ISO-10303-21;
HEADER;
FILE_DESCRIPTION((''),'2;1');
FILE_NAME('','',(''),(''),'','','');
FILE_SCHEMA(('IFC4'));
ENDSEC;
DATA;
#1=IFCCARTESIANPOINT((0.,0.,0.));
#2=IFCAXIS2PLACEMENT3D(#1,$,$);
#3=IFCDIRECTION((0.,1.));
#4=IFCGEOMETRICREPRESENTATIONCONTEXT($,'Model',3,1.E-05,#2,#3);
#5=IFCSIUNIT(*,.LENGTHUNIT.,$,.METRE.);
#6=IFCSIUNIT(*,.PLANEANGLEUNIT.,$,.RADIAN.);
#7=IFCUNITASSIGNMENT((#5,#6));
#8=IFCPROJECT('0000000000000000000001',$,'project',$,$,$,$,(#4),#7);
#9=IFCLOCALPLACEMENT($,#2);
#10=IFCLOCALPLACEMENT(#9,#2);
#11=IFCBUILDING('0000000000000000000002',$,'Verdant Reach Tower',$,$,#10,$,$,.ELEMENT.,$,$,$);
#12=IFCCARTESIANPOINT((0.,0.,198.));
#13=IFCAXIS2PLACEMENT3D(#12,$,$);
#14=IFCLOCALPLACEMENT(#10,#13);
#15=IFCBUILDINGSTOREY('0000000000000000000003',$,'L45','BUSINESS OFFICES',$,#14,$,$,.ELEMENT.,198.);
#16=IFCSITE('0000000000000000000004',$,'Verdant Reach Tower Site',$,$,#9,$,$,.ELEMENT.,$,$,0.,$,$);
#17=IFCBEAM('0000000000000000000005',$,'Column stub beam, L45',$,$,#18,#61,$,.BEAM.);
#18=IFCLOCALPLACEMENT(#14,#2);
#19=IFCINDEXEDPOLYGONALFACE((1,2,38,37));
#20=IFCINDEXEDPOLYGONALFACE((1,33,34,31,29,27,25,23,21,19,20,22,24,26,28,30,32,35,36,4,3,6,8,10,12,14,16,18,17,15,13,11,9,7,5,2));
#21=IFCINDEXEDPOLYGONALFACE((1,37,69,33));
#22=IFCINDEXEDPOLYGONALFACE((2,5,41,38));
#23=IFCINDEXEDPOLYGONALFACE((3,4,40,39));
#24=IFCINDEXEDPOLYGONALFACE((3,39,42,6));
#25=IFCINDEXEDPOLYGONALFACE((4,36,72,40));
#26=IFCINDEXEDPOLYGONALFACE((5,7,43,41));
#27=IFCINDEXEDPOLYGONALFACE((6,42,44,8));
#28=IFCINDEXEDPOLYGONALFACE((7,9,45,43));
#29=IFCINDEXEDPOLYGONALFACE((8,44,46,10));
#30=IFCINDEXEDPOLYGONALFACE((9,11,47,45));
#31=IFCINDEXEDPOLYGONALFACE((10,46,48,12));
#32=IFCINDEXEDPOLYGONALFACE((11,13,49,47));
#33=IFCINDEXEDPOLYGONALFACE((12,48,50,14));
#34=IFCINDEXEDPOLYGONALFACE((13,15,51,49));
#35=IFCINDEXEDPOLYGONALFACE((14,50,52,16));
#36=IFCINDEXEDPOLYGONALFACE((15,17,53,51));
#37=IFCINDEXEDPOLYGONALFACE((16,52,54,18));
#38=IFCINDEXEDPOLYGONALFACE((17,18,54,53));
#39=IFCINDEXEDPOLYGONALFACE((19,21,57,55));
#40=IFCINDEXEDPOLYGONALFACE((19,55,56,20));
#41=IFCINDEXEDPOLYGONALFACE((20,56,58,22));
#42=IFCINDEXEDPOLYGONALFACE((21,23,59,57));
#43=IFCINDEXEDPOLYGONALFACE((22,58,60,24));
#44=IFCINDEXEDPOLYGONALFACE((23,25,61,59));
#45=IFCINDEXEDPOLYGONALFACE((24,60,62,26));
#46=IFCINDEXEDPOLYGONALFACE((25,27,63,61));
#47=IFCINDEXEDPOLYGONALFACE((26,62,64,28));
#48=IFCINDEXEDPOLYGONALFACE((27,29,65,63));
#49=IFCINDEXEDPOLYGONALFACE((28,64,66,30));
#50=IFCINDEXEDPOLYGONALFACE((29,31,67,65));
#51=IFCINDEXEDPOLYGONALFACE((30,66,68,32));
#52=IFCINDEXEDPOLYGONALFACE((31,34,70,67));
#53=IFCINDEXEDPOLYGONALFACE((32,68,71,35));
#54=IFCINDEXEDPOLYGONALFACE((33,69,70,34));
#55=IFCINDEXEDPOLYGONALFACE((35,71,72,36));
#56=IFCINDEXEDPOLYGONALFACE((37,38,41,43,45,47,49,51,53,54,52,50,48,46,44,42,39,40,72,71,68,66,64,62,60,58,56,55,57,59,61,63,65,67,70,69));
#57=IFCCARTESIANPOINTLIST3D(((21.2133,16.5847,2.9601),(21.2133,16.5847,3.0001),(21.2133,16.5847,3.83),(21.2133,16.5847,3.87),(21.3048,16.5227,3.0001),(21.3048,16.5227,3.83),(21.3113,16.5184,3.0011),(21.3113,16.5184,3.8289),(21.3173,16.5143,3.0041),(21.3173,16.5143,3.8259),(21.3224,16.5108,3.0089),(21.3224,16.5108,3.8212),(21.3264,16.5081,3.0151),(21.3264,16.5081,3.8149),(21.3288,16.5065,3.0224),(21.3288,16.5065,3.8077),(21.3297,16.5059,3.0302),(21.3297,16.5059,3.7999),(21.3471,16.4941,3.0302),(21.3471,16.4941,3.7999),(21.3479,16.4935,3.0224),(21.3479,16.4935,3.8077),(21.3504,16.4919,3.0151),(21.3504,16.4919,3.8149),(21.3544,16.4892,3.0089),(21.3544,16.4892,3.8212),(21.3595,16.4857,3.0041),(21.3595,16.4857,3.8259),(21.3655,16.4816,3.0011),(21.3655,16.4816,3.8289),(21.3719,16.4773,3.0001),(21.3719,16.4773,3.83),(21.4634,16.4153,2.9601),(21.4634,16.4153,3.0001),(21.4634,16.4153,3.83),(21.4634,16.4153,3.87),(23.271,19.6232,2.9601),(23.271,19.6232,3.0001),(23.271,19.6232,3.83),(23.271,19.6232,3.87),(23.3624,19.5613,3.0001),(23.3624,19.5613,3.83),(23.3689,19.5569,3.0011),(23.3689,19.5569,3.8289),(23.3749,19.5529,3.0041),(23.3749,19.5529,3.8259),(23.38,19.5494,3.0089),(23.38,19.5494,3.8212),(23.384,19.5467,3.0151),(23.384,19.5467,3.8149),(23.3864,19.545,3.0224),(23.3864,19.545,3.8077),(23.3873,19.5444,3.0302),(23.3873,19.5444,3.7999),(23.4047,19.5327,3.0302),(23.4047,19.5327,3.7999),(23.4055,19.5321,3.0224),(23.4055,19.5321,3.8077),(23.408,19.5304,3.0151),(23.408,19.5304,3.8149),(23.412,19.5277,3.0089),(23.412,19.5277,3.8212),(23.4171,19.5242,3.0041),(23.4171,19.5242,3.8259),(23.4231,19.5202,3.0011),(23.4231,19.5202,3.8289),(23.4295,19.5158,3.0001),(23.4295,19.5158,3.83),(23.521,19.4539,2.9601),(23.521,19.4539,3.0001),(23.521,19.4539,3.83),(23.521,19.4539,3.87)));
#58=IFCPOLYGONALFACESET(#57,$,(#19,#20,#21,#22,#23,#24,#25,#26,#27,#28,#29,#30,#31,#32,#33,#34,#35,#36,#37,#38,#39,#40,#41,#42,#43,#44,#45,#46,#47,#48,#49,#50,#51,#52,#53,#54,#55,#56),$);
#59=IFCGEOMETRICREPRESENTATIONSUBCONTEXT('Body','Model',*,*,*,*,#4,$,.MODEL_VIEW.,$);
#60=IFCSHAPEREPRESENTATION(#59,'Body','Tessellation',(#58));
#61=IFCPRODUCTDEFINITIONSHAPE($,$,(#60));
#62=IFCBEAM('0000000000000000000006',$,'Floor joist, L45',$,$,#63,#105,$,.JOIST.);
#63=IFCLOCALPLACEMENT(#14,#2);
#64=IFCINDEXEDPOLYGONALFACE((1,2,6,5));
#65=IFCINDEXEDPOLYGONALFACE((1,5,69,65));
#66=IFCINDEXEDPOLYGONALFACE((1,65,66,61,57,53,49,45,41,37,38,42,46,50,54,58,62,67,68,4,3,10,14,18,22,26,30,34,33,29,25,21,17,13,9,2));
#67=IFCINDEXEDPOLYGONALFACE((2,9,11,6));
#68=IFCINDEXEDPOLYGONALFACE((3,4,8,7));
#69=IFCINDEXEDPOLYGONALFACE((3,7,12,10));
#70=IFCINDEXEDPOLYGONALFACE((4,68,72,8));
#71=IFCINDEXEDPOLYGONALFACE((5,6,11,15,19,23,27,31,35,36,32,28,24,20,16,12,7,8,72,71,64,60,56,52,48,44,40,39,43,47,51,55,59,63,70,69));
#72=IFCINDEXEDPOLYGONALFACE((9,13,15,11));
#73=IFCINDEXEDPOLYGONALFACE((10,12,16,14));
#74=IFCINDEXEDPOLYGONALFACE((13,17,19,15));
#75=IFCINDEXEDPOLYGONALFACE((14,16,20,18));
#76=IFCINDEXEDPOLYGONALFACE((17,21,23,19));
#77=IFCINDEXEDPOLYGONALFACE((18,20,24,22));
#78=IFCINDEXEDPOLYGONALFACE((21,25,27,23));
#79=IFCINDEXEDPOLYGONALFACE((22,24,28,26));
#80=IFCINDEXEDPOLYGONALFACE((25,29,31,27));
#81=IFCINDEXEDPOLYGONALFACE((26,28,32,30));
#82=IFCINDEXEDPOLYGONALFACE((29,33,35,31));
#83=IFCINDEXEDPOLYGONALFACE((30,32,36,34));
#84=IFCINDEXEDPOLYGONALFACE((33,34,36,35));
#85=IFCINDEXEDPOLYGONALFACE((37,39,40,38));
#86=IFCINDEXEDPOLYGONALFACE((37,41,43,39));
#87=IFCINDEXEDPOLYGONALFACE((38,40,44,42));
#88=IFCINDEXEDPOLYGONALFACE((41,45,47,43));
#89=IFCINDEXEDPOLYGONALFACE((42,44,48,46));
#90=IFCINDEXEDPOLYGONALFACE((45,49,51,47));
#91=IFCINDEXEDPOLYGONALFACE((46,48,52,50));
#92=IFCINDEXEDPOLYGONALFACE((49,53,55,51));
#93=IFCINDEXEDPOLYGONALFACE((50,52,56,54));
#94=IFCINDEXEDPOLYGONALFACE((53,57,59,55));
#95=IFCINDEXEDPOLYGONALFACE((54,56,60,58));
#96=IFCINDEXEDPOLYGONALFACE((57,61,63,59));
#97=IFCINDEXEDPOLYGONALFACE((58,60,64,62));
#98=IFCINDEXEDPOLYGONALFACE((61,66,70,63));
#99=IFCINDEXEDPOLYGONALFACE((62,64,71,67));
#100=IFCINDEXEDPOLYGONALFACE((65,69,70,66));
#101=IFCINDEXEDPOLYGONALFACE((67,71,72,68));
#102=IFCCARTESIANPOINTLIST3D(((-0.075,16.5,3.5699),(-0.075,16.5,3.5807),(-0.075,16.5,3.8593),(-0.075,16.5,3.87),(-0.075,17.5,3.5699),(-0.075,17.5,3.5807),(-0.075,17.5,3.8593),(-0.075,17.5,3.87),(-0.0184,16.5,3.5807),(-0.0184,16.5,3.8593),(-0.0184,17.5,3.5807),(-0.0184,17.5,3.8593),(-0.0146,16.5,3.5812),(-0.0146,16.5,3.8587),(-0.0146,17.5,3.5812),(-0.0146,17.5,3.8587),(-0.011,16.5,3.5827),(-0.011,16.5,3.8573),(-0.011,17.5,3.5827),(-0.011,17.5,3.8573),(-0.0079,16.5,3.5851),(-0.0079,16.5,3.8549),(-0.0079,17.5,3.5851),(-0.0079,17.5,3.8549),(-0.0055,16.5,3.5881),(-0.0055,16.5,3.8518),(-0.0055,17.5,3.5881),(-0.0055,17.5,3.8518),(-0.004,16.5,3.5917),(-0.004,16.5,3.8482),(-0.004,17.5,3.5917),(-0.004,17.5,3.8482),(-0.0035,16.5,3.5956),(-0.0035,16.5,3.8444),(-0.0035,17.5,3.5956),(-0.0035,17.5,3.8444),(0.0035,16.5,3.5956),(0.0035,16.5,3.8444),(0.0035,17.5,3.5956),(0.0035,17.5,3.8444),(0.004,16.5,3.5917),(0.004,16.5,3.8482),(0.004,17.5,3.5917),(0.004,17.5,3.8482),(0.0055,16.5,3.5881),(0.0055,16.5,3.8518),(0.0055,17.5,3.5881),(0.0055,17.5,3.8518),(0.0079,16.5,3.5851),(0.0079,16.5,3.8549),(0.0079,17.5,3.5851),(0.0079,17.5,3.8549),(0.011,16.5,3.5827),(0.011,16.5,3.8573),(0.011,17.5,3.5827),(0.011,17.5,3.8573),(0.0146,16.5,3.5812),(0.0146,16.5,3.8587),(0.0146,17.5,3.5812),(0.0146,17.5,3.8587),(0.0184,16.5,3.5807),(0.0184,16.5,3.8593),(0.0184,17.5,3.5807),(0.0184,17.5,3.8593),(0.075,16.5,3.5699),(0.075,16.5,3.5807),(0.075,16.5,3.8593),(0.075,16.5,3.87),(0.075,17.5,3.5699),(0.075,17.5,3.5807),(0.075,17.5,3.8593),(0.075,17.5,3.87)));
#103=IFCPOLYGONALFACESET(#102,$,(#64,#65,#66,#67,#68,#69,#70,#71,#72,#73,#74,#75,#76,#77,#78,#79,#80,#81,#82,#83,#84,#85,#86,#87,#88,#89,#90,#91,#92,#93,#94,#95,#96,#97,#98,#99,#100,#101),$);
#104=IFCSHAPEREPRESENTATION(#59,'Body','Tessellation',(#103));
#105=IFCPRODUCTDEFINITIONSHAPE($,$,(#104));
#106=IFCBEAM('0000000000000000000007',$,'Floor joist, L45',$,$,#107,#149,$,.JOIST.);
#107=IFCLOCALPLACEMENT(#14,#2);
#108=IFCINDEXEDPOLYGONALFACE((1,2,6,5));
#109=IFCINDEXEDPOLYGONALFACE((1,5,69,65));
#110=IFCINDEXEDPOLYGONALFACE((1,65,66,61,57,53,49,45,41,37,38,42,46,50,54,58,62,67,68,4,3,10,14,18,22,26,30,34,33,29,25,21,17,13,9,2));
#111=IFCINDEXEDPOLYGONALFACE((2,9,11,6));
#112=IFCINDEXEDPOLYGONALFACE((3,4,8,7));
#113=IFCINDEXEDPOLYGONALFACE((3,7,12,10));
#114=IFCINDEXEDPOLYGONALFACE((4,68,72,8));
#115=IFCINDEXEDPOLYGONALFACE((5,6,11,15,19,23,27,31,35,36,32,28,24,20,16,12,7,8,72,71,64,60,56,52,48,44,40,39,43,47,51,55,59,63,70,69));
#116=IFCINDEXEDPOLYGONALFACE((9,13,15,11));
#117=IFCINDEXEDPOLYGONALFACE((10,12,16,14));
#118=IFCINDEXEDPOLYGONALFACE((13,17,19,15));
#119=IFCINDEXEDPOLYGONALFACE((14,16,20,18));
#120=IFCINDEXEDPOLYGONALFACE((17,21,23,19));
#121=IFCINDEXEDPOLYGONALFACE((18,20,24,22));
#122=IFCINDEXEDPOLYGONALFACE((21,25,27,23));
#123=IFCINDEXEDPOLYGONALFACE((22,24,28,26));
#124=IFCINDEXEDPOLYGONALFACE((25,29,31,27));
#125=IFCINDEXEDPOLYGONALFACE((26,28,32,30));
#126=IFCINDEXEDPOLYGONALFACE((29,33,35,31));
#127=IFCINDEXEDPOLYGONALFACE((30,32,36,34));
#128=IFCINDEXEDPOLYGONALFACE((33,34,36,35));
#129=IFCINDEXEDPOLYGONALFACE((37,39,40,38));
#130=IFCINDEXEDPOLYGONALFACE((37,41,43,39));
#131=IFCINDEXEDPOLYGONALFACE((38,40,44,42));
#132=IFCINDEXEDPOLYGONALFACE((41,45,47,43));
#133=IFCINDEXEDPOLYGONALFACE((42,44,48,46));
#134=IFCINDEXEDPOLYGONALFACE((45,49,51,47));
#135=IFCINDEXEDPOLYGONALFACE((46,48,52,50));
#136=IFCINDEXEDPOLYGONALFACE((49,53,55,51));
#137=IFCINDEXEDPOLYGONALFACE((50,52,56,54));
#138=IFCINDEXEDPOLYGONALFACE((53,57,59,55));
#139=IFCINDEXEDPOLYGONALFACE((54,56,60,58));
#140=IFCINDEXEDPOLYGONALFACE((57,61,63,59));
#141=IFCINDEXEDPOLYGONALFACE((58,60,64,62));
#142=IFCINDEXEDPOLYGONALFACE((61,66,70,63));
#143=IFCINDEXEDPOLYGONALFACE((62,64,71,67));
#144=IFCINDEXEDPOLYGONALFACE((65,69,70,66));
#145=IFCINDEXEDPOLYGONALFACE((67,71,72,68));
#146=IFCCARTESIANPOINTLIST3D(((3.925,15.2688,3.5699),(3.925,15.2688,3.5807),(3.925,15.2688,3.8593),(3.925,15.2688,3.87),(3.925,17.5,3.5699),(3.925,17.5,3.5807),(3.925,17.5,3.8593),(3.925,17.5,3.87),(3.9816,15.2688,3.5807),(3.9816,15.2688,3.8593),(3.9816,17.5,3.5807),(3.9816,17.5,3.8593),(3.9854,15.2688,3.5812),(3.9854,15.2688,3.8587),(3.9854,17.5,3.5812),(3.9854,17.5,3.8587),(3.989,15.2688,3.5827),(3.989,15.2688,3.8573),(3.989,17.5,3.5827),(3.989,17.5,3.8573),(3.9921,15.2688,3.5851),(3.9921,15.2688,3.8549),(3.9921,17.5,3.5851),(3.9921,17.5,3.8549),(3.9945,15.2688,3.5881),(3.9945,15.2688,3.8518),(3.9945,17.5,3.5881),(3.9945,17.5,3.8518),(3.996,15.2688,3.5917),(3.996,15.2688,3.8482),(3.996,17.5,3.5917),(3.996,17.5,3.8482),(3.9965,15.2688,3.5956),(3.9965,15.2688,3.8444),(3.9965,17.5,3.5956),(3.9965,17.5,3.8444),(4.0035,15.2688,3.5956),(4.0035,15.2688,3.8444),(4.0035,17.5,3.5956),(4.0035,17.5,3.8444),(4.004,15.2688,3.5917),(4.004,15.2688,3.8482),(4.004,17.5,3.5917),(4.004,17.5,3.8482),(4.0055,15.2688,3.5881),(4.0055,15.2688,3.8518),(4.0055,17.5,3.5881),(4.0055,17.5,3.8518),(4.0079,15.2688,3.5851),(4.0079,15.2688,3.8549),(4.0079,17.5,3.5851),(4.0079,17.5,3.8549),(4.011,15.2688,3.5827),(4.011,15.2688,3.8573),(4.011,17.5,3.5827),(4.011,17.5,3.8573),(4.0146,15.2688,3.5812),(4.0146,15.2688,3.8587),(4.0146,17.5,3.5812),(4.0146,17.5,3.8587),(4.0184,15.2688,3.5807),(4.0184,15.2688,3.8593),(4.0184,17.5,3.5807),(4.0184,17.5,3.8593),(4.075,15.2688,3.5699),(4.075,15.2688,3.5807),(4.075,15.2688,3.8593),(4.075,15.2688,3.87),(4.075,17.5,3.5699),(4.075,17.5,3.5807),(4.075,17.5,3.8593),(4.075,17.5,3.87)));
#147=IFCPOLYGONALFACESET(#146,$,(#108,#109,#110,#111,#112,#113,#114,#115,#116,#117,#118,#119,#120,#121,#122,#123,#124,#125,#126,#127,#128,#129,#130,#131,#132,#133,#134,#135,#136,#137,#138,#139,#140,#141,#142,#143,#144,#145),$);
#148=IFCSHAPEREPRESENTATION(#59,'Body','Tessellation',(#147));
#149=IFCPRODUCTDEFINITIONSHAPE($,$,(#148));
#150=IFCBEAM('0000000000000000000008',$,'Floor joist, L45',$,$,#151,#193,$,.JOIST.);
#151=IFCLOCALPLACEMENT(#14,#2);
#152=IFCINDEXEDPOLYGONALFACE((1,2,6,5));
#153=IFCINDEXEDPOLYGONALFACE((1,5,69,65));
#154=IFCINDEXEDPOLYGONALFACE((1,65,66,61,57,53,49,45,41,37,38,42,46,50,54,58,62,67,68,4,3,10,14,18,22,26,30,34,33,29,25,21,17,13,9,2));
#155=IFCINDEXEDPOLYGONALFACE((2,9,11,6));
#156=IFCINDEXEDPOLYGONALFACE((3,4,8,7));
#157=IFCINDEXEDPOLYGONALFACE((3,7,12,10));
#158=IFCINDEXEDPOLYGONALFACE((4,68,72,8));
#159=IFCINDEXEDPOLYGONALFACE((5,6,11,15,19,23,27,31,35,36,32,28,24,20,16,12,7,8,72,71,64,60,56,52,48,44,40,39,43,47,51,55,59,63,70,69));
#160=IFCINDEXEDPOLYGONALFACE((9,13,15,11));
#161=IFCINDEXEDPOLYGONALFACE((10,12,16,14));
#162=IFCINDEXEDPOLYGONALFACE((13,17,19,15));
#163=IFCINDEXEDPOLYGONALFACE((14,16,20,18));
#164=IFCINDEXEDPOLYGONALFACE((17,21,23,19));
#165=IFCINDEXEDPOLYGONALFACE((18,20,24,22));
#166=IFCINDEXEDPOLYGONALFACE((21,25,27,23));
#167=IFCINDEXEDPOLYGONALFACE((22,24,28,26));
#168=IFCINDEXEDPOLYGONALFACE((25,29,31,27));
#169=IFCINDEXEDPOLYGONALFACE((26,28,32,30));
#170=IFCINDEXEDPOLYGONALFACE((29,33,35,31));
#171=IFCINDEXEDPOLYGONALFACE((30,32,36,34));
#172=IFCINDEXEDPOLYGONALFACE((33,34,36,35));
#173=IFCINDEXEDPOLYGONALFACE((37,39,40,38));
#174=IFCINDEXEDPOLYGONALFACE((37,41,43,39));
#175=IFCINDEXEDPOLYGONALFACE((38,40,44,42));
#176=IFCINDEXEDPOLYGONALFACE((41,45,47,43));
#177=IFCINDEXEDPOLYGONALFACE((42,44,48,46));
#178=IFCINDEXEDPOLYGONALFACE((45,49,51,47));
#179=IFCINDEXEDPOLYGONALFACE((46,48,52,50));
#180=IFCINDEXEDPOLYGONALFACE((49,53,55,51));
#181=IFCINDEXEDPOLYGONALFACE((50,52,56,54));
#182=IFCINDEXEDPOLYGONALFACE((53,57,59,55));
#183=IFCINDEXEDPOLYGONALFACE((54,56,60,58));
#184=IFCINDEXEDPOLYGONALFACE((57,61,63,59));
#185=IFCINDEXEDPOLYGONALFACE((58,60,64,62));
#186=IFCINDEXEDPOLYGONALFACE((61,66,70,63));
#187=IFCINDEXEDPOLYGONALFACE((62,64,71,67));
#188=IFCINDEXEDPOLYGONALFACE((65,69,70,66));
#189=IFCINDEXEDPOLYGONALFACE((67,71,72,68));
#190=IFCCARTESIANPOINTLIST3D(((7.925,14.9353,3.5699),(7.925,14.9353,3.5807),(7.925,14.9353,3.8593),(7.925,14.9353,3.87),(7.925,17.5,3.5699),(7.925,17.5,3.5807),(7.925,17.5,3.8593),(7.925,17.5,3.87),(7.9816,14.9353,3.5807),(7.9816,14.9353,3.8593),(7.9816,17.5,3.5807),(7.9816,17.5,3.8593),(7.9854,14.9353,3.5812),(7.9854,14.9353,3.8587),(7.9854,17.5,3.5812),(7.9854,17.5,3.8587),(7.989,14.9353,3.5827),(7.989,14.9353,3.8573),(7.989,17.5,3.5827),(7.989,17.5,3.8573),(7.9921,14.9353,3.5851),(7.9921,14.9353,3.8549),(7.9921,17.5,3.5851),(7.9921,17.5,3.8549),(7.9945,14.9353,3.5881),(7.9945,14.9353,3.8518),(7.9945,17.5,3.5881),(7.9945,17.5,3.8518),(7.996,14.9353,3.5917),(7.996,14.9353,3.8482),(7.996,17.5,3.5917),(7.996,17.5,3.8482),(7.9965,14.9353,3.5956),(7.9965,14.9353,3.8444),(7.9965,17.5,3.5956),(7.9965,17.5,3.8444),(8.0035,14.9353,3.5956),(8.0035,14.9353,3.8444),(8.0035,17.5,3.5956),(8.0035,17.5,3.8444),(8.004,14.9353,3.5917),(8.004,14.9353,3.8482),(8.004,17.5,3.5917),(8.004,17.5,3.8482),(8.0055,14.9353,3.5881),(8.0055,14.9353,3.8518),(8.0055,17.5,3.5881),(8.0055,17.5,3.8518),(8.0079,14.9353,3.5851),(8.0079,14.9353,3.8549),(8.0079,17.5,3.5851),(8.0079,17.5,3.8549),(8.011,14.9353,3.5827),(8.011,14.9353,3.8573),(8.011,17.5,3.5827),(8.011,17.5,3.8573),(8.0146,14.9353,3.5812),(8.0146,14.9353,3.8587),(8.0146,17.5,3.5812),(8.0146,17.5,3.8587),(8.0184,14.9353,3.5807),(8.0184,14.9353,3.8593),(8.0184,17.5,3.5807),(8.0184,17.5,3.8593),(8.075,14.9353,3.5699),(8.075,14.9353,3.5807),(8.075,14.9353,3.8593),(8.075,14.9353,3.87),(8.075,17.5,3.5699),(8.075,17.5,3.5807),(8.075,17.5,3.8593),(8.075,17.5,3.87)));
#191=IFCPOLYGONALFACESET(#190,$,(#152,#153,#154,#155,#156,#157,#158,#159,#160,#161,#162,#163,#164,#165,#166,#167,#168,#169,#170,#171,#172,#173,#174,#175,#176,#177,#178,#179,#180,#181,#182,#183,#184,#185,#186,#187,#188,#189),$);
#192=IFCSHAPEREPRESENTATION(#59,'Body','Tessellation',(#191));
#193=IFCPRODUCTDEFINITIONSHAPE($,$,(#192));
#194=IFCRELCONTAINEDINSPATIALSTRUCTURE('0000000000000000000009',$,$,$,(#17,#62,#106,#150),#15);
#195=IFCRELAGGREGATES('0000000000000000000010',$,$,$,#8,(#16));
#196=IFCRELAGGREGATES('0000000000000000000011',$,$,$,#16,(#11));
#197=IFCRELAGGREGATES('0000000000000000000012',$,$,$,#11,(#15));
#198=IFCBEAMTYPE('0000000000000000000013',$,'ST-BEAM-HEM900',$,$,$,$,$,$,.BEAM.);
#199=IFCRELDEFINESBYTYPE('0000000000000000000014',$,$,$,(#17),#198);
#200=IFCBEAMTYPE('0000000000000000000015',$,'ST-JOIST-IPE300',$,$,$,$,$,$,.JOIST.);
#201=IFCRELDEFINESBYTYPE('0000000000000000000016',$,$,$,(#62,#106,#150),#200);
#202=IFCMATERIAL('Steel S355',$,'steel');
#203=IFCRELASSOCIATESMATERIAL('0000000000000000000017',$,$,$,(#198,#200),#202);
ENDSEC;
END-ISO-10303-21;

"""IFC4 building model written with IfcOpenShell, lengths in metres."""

from ifc_helpers import new_model, si_unit, direction, frame, origin, origin_2d, place, context, subcontext, project, spatial, i_section, extrude, material, material_profile, profile_set, type_object, element, save


model = new_model("IFC4")

# Units and contexts
model_context = context("Model", 3, precision=1e-05, world=origin(), true_north=direction((0.0, 1.0)))
body_context = subcontext(model_context, "Body", "Model", "MODEL_VIEW")
ifc_project = project(units=[si_unit("LENGTHUNIT", "METRE"), si_unit("PLANEANGLEUNIT", "RADIAN")], contexts=[model_context])

# Site, building, storey
site_placement = place(None, origin())
site = spatial("IfcSite", under=ifc_project, at=site_placement, Name="Verdant Reach Tower Site", CompositionType="ELEMENT", RefElevation=0.0)
building_placement = place(site_placement, origin())
building = spatial("IfcBuilding", under=site, at=building_placement, Name="Verdant Reach Tower", CompositionType="ELEMENT")
storey_placement = place(building_placement, frame((0.0, 0.0, 198.0)))
storey = spatial("IfcBuildingStorey", under=building, at=storey_placement, Name="L45", Description="BUSINESS OFFICES", CompositionType="ELEMENT", Elevation=198.0)

# Beams
ifc_material_1 = material(Name="Steel S355", Category="steel")
ifc_material_profile_1 = material_profile(ifc_material_1, i_section(OverallWidth=0.302, OverallDepth=0.9099, WebThickness=0.021, FlangeThickness=0.04, FilletRadius=0.03, at=origin_2d()), Name="HEM 900")
ifc_profile_set_1 = profile_set([ifc_material_profile_1], Name="Steel S355")
beam_type_1 = type_object("IfcBeamType", Name="ST-BEAM-HEM900", PredefinedType="BEAM", material=ifc_profile_set_1)
beam_1_placement = place(storey_placement, frame((21.3384, 16.5, 3.415), z_axis=(0.560704, 0.828016, 0.0), x_axis=(-0.828016, 0.560704, 0.0)))
element("IfcBeam", 1, at=beam_1_placement, inside=storey, type_object=beam_type_1, Name="Column stub beam, L45", PredefinedType="BEAM", context=body_context, shape_type="SweptSolid", body=[
    extrude(i_section(OverallWidth=0.302, OverallDepth=0.9099, WebThickness=0.021, FlangeThickness=0.04, FilletRadius=0.03, at=origin_2d()), origin(), (0.0, 0.0, 1.0), 3.6697),
])
ifc_material_profile_2 = material_profile(ifc_material_1, i_section(OverallWidth=0.1499, OverallDepth=0.3, WebThickness=0.0071, FlangeThickness=0.0107, FilletRadius=0.0149, at=origin_2d()), Name="IPE 300")
ifc_profile_set_2 = profile_set([ifc_material_profile_2], Name="Steel S355")
beam_type_2 = type_object("IfcBeamType", Name="ST-JOIST-IPE300", PredefinedType="JOIST", material=ifc_profile_set_2)
beam_2_placement = place(storey_placement, frame((0.0, 17.5, 3.72), z_axis=(0.0, -1.0, 0.0), x_axis=(1.0, 0.0, 0.0)))
element("IfcBeam", 2, at=beam_2_placement, inside=storey, type_object=beam_type_2, Name="Floor joist, L45", PredefinedType="JOIST", context=body_context, shape_type="SweptSolid", body=[
    extrude(i_section(OverallWidth=0.1499, OverallDepth=0.3, WebThickness=0.0071, FlangeThickness=0.0107, FilletRadius=0.0149, at=origin_2d()), origin(), (0.0, 0.0, 1.0), 1.0),
])
beam_3_placement = place(storey_placement, frame((4.0, 17.5, 3.72), z_axis=(0.0, -1.0, 0.0), x_axis=(1.0, 0.0, 0.0)))
element("IfcBeam", 3, at=beam_3_placement, inside=storey, type_object=beam_type_2, Name="Floor joist, L45", PredefinedType="JOIST", context=body_context, shape_type="SweptSolid", body=[
    extrude(i_section(OverallWidth=0.1499, OverallDepth=0.3, WebThickness=0.0071, FlangeThickness=0.0107, FilletRadius=0.0149, at=origin_2d()), origin(), (0.0, 0.0, 1.0), 2.2312),
])
beam_4_placement = place(storey_placement, frame((8.0, 17.5, 3.72), z_axis=(0.0, -1.0, 0.0), x_axis=(1.0, 0.0, 0.0)))
element("IfcBeam", 4, at=beam_4_placement, inside=storey, type_object=beam_type_2, Name="Floor joist, L45", PredefinedType="JOIST", context=body_context, shape_type="SweptSolid", body=[
    extrude(i_section(OverallWidth=0.1499, OverallDepth=0.3, WebThickness=0.0071, FlangeThickness=0.0107, FilletRadius=0.0149, at=origin_2d()), origin(), (0.0, 0.0, 1.0), 2.5647),
])

save(model, "model.ifc")
